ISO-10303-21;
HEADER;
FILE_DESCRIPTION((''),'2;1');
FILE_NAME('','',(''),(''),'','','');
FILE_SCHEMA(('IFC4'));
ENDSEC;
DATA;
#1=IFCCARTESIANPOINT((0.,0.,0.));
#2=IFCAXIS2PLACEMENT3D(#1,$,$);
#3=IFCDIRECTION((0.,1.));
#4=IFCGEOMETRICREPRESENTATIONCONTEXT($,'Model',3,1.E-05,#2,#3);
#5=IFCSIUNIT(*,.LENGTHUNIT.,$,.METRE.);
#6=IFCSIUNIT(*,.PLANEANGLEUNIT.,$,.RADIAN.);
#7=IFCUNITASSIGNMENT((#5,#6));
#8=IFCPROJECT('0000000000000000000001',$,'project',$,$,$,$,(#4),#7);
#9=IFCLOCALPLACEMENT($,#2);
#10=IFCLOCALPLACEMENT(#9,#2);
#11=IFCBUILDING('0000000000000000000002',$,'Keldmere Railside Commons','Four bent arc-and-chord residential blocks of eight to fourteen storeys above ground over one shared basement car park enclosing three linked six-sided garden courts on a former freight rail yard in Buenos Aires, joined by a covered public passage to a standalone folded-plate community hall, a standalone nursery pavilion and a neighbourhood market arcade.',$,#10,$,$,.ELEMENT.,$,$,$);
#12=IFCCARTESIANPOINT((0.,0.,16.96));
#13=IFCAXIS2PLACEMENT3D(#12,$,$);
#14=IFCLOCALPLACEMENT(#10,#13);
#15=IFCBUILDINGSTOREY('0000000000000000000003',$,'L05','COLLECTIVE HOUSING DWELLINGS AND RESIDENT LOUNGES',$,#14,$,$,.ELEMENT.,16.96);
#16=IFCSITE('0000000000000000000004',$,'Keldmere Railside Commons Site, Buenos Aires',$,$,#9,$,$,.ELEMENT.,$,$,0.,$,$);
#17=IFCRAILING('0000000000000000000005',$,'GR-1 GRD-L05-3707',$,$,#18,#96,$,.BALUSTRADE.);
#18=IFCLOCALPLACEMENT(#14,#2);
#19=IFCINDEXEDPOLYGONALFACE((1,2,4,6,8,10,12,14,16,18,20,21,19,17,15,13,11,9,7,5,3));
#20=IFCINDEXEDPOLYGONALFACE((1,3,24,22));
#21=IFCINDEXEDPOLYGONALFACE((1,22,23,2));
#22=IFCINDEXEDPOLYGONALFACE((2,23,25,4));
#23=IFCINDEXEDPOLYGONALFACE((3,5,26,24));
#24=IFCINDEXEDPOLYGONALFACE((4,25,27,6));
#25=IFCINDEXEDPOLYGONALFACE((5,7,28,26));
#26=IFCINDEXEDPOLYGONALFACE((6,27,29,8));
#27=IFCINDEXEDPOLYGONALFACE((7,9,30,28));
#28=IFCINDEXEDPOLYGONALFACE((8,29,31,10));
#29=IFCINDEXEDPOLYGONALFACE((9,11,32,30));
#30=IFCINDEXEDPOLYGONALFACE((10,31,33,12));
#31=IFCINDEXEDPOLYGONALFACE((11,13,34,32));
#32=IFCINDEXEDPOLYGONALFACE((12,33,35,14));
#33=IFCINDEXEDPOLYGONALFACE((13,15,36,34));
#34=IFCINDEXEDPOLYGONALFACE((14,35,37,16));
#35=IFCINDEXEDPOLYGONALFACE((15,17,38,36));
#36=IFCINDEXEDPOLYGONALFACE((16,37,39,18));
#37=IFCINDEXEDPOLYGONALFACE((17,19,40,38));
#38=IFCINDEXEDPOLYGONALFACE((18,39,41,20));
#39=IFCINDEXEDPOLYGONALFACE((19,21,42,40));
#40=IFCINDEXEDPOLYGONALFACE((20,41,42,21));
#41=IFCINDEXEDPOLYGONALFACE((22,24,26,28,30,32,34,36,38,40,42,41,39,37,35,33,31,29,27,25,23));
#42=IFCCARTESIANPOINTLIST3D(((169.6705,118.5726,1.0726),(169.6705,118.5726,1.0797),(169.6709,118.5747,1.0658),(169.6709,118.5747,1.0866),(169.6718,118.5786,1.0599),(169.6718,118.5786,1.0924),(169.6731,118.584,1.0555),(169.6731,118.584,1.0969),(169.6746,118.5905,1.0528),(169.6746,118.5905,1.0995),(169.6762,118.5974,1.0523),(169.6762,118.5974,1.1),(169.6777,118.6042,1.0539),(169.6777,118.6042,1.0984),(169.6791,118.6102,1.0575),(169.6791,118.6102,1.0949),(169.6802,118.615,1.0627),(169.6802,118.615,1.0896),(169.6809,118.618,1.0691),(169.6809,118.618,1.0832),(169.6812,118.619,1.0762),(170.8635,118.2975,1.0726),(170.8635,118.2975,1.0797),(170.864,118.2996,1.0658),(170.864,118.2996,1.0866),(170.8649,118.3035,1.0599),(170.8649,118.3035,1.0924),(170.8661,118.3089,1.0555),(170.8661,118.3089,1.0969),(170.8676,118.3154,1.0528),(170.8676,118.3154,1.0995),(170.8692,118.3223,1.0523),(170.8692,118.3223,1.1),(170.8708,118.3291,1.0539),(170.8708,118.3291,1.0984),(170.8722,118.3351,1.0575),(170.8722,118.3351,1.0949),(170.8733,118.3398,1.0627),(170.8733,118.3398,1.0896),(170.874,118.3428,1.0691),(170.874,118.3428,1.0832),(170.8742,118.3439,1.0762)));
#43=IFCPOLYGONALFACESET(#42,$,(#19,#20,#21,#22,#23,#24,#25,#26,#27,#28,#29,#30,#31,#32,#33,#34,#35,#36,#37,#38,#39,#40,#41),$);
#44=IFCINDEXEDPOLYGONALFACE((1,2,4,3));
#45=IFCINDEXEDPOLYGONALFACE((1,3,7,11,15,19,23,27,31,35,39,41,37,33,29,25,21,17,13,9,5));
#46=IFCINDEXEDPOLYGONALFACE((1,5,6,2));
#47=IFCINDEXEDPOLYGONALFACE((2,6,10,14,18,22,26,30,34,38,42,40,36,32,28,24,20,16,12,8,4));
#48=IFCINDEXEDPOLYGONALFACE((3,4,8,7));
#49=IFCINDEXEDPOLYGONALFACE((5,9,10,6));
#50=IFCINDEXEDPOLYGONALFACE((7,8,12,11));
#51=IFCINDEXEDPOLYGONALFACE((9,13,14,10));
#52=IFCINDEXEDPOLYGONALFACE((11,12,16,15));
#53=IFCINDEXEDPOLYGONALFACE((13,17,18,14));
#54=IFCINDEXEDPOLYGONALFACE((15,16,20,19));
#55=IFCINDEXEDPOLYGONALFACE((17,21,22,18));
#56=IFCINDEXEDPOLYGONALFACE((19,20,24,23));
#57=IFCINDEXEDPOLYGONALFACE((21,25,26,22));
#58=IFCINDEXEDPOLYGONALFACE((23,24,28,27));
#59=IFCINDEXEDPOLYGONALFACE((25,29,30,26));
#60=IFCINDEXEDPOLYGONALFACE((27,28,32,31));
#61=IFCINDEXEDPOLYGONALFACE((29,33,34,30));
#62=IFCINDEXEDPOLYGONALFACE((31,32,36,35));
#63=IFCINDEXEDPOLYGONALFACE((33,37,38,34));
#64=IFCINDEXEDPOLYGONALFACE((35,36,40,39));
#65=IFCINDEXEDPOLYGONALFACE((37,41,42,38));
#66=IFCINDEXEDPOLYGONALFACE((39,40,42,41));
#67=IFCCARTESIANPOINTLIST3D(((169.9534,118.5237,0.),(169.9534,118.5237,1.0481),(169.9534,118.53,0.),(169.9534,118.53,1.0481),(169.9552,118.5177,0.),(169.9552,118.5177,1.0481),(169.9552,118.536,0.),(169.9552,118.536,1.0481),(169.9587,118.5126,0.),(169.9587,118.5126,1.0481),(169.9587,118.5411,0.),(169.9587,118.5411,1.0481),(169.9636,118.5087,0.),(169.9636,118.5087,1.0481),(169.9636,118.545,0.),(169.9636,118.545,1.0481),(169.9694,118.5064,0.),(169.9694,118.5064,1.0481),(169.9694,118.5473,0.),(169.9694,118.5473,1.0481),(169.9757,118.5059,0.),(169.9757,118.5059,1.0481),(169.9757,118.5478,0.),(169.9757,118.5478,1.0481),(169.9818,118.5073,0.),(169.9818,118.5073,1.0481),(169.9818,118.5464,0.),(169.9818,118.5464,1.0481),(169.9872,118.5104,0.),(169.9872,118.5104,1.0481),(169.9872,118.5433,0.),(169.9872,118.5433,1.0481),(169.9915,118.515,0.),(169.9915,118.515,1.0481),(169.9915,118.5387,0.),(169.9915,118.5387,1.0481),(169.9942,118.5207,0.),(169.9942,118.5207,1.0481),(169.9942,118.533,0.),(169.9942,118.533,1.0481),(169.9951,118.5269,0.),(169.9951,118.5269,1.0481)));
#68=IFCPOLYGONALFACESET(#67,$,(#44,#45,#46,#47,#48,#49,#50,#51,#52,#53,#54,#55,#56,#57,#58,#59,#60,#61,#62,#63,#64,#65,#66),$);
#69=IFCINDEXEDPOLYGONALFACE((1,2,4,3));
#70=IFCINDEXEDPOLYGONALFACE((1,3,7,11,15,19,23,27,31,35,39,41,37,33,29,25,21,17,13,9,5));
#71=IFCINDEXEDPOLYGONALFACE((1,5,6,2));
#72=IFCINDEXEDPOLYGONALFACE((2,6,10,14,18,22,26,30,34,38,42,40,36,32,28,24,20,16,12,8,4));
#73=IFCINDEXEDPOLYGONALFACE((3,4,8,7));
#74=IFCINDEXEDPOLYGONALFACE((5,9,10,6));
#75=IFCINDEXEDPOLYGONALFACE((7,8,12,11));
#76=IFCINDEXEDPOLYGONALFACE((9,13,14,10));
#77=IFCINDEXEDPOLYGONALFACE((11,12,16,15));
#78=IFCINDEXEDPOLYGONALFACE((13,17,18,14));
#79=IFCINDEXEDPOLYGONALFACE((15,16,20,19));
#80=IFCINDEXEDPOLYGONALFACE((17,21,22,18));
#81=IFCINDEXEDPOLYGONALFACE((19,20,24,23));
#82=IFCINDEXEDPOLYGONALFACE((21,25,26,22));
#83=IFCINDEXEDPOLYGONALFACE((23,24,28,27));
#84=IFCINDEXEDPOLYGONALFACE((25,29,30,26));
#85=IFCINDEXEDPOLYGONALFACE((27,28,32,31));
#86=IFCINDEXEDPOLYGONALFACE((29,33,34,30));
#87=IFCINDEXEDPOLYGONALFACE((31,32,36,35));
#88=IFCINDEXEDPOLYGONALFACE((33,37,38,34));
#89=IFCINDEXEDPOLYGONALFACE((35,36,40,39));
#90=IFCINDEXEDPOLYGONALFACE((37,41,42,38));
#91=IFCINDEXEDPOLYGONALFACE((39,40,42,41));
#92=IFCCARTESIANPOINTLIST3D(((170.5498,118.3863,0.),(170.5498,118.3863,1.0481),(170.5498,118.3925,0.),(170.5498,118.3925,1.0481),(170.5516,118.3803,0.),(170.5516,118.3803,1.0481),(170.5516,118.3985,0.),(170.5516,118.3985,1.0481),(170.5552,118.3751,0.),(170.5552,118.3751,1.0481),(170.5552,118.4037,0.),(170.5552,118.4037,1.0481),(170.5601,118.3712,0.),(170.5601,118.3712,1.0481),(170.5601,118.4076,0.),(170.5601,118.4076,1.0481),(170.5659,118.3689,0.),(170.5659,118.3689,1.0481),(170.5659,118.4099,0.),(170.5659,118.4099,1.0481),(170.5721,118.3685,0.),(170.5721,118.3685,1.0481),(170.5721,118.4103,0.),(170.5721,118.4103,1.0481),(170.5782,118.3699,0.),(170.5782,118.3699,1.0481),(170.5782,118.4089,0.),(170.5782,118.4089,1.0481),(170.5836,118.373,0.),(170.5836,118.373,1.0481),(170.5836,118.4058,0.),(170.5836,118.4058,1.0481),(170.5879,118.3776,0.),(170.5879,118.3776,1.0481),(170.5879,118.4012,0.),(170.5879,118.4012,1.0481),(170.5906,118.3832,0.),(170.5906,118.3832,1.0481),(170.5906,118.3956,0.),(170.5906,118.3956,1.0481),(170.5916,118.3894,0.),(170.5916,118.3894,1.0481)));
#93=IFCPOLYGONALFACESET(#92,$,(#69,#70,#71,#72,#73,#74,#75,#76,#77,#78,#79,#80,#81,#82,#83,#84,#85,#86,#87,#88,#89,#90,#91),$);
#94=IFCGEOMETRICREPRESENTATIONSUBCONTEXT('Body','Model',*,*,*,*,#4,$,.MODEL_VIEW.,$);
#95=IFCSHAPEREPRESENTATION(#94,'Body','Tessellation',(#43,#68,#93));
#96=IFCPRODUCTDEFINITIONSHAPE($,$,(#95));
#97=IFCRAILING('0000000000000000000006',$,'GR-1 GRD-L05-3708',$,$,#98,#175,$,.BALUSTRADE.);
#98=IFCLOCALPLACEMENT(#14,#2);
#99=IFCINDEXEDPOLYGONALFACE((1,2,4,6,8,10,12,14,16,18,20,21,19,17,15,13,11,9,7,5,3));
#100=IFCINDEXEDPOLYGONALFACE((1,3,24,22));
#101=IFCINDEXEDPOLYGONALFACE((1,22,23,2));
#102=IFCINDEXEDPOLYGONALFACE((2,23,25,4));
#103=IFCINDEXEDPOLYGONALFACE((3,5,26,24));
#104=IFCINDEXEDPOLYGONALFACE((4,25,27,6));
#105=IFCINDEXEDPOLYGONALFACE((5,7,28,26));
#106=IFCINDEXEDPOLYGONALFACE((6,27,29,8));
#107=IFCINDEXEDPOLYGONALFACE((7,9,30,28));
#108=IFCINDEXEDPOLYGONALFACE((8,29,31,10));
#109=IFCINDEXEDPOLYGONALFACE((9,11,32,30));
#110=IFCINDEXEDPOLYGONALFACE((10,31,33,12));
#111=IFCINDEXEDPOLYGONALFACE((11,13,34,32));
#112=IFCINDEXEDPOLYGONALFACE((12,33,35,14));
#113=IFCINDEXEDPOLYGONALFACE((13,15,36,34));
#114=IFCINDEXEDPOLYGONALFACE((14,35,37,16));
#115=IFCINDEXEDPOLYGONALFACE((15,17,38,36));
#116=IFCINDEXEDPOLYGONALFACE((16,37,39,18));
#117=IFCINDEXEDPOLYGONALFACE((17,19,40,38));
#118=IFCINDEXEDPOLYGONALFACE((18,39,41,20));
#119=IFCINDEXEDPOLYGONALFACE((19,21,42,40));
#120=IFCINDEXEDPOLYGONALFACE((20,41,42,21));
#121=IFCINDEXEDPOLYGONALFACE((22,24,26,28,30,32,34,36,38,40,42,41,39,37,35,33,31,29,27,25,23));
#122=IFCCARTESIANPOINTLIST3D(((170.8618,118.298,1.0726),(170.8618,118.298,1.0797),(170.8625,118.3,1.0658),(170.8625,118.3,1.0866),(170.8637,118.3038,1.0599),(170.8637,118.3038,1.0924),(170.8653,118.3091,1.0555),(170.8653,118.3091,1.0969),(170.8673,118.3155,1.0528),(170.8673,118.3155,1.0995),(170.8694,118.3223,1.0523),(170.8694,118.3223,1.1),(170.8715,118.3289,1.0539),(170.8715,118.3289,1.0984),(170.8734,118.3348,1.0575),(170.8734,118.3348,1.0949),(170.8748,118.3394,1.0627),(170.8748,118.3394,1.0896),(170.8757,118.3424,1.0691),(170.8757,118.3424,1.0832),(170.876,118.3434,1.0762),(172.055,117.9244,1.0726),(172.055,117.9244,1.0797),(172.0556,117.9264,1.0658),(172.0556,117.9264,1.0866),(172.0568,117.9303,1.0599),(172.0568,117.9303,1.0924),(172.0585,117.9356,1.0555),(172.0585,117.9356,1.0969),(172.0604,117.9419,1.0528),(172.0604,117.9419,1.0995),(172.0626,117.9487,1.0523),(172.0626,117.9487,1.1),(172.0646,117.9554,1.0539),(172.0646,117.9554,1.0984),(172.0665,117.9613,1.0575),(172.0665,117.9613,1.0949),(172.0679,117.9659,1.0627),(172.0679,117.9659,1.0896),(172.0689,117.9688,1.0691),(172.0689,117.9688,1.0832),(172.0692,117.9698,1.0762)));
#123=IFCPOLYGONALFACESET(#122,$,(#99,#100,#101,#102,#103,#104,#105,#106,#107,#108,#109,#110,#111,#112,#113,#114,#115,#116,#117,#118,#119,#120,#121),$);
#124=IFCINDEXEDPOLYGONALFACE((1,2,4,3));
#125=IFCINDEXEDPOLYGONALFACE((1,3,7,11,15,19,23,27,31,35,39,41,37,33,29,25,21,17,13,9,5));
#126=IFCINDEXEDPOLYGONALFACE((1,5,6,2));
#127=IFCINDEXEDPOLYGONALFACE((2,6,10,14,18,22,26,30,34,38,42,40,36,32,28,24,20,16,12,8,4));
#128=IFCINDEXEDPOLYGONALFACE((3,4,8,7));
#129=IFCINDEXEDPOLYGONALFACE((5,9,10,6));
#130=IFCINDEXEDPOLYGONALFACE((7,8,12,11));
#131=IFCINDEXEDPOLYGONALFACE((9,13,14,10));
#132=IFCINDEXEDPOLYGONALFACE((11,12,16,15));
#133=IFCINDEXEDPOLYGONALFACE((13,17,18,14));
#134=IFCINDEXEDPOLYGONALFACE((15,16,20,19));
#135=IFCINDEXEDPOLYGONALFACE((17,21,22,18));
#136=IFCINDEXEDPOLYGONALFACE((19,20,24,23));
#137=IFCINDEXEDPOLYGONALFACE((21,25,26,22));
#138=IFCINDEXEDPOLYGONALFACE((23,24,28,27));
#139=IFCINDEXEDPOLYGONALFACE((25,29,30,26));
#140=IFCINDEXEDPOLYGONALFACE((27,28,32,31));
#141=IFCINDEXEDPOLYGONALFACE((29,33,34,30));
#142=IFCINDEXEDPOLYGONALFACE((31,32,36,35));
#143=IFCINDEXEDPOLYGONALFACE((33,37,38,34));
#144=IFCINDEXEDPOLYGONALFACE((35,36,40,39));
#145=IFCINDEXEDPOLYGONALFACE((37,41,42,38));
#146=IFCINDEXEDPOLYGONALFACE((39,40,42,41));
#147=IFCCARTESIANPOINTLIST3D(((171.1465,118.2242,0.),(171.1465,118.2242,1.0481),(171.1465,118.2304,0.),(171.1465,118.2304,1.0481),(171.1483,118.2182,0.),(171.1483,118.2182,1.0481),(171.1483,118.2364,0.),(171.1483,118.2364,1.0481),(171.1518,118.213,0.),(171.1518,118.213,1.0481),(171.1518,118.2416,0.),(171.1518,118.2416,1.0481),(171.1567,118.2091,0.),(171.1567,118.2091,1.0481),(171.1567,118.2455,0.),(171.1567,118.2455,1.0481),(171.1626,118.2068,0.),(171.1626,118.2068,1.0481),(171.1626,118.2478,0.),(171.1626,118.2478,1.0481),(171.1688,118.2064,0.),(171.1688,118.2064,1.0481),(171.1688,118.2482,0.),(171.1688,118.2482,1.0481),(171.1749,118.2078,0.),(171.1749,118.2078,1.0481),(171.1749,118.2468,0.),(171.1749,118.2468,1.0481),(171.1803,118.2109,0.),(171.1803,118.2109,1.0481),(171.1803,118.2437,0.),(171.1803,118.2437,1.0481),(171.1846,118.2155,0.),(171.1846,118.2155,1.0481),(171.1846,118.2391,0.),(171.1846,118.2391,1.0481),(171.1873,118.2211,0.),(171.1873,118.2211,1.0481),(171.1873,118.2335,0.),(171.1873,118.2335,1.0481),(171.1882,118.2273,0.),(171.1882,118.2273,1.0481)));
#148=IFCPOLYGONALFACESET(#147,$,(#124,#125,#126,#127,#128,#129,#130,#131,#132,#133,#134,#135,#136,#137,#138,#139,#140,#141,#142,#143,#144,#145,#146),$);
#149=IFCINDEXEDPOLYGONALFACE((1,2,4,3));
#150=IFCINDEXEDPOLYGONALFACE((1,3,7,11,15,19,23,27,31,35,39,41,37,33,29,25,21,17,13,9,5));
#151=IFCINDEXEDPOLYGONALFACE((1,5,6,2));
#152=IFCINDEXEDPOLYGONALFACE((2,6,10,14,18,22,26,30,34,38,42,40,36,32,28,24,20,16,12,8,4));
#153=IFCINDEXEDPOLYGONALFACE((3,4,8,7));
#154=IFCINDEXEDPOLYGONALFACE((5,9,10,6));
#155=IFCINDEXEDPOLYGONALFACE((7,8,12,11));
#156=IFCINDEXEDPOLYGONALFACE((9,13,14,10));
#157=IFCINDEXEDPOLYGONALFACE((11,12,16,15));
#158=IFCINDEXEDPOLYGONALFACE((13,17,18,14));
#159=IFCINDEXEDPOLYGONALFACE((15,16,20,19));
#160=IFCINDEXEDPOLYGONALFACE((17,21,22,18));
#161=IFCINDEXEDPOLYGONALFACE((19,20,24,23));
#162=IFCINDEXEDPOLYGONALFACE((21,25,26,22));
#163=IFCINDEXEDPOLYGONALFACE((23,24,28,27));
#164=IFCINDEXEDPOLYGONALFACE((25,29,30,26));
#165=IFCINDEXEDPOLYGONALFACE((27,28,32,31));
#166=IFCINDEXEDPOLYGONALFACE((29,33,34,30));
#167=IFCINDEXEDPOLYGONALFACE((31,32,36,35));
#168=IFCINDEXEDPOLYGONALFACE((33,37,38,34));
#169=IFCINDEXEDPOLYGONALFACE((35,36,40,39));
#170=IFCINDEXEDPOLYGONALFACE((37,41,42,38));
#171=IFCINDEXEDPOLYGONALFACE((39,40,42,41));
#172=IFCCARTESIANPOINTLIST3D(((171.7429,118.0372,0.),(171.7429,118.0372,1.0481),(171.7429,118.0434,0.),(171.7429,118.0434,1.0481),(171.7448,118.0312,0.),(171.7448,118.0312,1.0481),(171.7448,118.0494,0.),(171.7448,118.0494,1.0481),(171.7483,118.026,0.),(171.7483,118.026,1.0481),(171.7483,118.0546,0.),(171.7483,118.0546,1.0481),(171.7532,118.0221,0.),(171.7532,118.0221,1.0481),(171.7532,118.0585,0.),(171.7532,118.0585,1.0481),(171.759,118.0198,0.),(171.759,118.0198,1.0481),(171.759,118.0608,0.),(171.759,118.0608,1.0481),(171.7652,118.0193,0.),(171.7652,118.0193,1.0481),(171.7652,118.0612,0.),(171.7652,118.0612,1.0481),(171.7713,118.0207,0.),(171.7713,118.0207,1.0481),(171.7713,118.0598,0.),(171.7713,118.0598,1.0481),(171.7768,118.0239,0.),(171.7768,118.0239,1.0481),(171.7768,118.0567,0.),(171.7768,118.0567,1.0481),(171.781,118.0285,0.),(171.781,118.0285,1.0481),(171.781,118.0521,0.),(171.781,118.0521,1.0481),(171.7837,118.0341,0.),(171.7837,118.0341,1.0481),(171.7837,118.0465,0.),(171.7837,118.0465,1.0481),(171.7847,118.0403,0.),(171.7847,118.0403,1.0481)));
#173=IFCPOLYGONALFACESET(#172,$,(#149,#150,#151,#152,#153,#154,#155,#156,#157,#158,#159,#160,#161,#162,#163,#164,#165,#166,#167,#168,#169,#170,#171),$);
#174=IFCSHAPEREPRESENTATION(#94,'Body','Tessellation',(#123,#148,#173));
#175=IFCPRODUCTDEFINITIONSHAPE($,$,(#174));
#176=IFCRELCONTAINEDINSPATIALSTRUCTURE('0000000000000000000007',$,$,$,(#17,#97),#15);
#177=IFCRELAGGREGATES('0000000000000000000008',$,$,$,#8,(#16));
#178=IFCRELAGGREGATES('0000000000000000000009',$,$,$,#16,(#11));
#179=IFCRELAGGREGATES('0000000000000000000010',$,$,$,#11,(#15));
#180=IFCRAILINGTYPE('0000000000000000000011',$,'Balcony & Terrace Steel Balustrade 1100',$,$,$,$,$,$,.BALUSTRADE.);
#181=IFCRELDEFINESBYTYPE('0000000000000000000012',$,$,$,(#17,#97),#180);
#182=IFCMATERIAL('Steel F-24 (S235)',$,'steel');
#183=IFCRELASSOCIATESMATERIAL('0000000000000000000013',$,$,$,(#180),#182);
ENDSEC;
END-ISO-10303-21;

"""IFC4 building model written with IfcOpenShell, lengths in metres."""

from ifc_helpers import new_model, si_unit, direction, frame, origin, origin_2d, place, context, subcontext, project, spatial, circle, extrude, material, type_object, element, save


model = new_model("IFC4")

# Units and contexts
model_context = context("Model", 3, precision=1e-05, world=origin(), true_north=direction((0.0, 1.0)))
body_context = subcontext(model_context, "Body", "Model", "MODEL_VIEW")
ifc_project = project(units=[si_unit("LENGTHUNIT", "METRE"), si_unit("PLANEANGLEUNIT", "RADIAN")], contexts=[model_context])

# Site, building, storey
site_placement = place(None, origin())
site = spatial("IfcSite", under=ifc_project, at=site_placement, Name="Keldmere Railside Commons Site, Buenos Aires", CompositionType="ELEMENT", RefElevation=0.0)
building_placement = place(site_placement, origin())
building = spatial("IfcBuilding", under=site, at=building_placement, Name="Keldmere Railside Commons", Description="Four bent arc-and-chord residential blocks of eight to fourteen storeys above ground over one shared basement car park enclosing three linked six-sided garden courts on a former freight rail yard in Buenos Aires, joined by a covered public passage to a standalone folded-plate community hall, a standalone nursery pavilion and a neighbourhood market arcade.", CompositionType="ELEMENT")
storey_placement = place(building_placement, frame((0.0, 0.0, 16.96)))
storey = spatial("IfcBuildingStorey", under=building, at=storey_placement, Name="L05", Description="COLLECTIVE HOUSING DWELLINGS AND RESIDENT LOUNGES", CompositionType="ELEMENT", Elevation=16.96)

# Railings
ifc_material_1 = material(Name="Steel F-24 (S235)", Category="steel")
railing_type = type_object("IfcRailingType", Name="Balcony & Terrace Steel Balustrade 1100", PredefinedType="BALUSTRADE", material=ifc_material_1)
railing_1_placement = place(storey_placement, frame((169.6758, 118.5957, 0.0)))
element("IfcRailing", 1, at=railing_1_placement, inside=storey, type_object=railing_type, Name="GR-1 GRD-L05-3707", PredefinedType="BALUSTRADE", context=body_context, shape_type="SweptSolid", body=[
    extrude(circle(Radius=0.0239, at=origin_2d()), frame((0.0, 0.0, 1.0762), z_axis=(0.974425, -0.224714, 0.0), x_axis=(0.224714, 0.974425, 0.0)), (0.0, 0.0, 1.0), 1.2244),
    extrude(circle(Radius=0.021, at=origin_2d()), frame((0.2983, -0.0688, 0.0)), (0.0, 0.0, 1.0), 1.0481),
    extrude(circle(Radius=0.021, at=origin_2d()), frame((0.8948, -0.2063, 0.0)), (0.0, 0.0, 1.0), 1.0481),
])
railing_2_placement = place(storey_placement, frame((170.8689, 118.3206, 0.0)))
element("IfcRailing", 2, at=railing_2_placement, inside=storey, type_object=railing_type, Name="GR-1 GRD-L05-3708", PredefinedType="BALUSTRADE", context=body_context, shape_type="SweptSolid", body=[
    extrude(circle(Radius=0.0239, at=origin_2d()), frame((0.0, 0.0, 1.0762), z_axis=(0.954323, -0.298775, 0.0), x_axis=(0.298775, 0.954323, 0.0)), (0.0, 0.0, 1.0), 1.2502),
    extrude(circle(Radius=0.021, at=origin_2d()), frame((0.2983, -0.0933, 0.0)), (0.0, 0.0, 1.0), 1.0481),
    extrude(circle(Radius=0.021, at=origin_2d()), frame((0.8948, -0.2803, 0.0)), (0.0, 0.0, 1.0), 1.0481),
])

save(model, "model.ifc")
